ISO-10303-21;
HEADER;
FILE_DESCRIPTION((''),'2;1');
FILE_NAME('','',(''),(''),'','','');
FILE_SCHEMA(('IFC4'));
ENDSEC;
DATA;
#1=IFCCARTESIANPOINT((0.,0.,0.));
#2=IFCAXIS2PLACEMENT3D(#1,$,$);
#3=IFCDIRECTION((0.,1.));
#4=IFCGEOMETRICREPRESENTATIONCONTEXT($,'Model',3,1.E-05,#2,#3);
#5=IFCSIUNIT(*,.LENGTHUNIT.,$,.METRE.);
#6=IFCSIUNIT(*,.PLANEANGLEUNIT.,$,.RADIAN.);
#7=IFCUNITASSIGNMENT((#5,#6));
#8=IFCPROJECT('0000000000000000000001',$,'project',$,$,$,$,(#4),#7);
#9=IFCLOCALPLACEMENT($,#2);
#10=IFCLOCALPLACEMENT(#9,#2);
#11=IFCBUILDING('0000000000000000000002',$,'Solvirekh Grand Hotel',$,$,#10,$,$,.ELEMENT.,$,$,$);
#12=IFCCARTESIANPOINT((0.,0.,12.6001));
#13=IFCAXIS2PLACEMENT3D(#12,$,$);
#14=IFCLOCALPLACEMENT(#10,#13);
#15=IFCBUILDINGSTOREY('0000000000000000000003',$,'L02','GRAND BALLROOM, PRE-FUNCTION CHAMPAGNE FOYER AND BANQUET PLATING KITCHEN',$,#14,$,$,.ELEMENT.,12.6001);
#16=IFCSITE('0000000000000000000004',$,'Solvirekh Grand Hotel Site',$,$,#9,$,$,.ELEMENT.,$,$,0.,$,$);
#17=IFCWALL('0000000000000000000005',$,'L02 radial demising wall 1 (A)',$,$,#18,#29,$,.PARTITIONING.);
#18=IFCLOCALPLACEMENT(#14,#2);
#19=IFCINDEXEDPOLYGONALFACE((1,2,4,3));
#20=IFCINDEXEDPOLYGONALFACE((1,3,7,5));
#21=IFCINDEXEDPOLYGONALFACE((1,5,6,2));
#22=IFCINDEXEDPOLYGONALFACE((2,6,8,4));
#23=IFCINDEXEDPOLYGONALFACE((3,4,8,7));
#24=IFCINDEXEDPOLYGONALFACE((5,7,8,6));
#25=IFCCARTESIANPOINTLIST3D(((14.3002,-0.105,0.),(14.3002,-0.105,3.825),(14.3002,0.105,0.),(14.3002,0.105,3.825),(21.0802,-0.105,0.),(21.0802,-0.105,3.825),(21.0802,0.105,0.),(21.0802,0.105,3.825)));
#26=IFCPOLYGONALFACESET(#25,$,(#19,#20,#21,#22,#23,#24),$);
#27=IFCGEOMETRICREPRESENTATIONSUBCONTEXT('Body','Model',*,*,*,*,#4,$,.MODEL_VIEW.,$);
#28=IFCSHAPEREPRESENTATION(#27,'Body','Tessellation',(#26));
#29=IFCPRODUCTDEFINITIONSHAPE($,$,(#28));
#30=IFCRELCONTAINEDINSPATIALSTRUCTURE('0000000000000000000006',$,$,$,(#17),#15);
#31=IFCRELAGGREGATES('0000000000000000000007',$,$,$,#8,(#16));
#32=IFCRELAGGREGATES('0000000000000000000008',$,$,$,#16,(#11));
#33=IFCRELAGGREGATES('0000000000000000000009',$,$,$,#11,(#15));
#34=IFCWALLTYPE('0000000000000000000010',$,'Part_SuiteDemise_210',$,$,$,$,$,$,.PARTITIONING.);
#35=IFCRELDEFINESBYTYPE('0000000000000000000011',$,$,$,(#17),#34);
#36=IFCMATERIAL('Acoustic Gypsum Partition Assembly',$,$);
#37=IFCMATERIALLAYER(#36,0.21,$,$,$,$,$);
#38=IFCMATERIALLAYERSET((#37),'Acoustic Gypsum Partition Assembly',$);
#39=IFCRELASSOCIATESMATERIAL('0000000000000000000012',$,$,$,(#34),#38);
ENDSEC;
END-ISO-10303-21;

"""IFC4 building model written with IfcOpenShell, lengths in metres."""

from ifc_helpers import new_model, si_unit, direction, frame, frame_2d, origin, place, context, subcontext, project, spatial, rectangle, extrude, material, layer, layer_set, type_object, element, save


model = new_model("IFC4")

# Units and contexts
model_context = context("Model", 3, precision=1e-05, world=origin(), true_north=direction((0.0, 1.0)))
body_context = subcontext(model_context, "Body", "Model", "MODEL_VIEW")
ifc_project = project(units=[si_unit("LENGTHUNIT", "METRE"), si_unit("PLANEANGLEUNIT", "RADIAN")], contexts=[model_context])

# Site, building, storey
site_placement = place(None, origin())
site = spatial("IfcSite", under=ifc_project, at=site_placement, Name="Solvirekh Grand Hotel Site", CompositionType="ELEMENT", RefElevation=0.0)
building_placement = place(site_placement, origin())
building = spatial("IfcBuilding", under=site, at=building_placement, Name="Solvirekh Grand Hotel", CompositionType="ELEMENT")
storey_placement = place(building_placement, frame((0.0, 0.0, 12.6001)))
storey = spatial("IfcBuildingStorey", under=building, at=storey_placement, Name="L02", Description="GRAND BALLROOM, PRE-FUNCTION CHAMPAGNE FOYER AND BANQUET PLATING KITCHEN", CompositionType="ELEMENT", Elevation=12.6001)

# Shared definitions
ifc_material_1 = material(Name="Acoustic Gypsum Partition Assembly")

# Wall
ifc_layer_1 = layer(ifc_material_1, 0.21)
ifc_layer_set_1 = layer_set([ifc_layer_1], Name="Acoustic Gypsum Partition Assembly")
wall_type_1 = type_object("IfcWallType", Name="Part_SuiteDemise_210", PredefinedType="PARTITIONING", material=ifc_layer_set_1)
wall_1_placement = place(storey_placement, frame((14.3, 0.0, 0.0), z_axis=(0.0, 0.0, 1.0), x_axis=(1.0, 0.0, 0.0)))
element("IfcWall", 1, at=wall_1_placement, inside=storey, type_object=wall_type_1, Name="L02 radial demising wall 1 (A)", PredefinedType="PARTITIONING", context=body_context, shape_type="SweptSolid", body=[
    extrude(rectangle(XDim=6.78, YDim=0.21, at=frame_2d((3.3901, 0.0))), origin(), (0.0, 0.0, 1.0), 3.825),
])

save(model, "model.ifc")
